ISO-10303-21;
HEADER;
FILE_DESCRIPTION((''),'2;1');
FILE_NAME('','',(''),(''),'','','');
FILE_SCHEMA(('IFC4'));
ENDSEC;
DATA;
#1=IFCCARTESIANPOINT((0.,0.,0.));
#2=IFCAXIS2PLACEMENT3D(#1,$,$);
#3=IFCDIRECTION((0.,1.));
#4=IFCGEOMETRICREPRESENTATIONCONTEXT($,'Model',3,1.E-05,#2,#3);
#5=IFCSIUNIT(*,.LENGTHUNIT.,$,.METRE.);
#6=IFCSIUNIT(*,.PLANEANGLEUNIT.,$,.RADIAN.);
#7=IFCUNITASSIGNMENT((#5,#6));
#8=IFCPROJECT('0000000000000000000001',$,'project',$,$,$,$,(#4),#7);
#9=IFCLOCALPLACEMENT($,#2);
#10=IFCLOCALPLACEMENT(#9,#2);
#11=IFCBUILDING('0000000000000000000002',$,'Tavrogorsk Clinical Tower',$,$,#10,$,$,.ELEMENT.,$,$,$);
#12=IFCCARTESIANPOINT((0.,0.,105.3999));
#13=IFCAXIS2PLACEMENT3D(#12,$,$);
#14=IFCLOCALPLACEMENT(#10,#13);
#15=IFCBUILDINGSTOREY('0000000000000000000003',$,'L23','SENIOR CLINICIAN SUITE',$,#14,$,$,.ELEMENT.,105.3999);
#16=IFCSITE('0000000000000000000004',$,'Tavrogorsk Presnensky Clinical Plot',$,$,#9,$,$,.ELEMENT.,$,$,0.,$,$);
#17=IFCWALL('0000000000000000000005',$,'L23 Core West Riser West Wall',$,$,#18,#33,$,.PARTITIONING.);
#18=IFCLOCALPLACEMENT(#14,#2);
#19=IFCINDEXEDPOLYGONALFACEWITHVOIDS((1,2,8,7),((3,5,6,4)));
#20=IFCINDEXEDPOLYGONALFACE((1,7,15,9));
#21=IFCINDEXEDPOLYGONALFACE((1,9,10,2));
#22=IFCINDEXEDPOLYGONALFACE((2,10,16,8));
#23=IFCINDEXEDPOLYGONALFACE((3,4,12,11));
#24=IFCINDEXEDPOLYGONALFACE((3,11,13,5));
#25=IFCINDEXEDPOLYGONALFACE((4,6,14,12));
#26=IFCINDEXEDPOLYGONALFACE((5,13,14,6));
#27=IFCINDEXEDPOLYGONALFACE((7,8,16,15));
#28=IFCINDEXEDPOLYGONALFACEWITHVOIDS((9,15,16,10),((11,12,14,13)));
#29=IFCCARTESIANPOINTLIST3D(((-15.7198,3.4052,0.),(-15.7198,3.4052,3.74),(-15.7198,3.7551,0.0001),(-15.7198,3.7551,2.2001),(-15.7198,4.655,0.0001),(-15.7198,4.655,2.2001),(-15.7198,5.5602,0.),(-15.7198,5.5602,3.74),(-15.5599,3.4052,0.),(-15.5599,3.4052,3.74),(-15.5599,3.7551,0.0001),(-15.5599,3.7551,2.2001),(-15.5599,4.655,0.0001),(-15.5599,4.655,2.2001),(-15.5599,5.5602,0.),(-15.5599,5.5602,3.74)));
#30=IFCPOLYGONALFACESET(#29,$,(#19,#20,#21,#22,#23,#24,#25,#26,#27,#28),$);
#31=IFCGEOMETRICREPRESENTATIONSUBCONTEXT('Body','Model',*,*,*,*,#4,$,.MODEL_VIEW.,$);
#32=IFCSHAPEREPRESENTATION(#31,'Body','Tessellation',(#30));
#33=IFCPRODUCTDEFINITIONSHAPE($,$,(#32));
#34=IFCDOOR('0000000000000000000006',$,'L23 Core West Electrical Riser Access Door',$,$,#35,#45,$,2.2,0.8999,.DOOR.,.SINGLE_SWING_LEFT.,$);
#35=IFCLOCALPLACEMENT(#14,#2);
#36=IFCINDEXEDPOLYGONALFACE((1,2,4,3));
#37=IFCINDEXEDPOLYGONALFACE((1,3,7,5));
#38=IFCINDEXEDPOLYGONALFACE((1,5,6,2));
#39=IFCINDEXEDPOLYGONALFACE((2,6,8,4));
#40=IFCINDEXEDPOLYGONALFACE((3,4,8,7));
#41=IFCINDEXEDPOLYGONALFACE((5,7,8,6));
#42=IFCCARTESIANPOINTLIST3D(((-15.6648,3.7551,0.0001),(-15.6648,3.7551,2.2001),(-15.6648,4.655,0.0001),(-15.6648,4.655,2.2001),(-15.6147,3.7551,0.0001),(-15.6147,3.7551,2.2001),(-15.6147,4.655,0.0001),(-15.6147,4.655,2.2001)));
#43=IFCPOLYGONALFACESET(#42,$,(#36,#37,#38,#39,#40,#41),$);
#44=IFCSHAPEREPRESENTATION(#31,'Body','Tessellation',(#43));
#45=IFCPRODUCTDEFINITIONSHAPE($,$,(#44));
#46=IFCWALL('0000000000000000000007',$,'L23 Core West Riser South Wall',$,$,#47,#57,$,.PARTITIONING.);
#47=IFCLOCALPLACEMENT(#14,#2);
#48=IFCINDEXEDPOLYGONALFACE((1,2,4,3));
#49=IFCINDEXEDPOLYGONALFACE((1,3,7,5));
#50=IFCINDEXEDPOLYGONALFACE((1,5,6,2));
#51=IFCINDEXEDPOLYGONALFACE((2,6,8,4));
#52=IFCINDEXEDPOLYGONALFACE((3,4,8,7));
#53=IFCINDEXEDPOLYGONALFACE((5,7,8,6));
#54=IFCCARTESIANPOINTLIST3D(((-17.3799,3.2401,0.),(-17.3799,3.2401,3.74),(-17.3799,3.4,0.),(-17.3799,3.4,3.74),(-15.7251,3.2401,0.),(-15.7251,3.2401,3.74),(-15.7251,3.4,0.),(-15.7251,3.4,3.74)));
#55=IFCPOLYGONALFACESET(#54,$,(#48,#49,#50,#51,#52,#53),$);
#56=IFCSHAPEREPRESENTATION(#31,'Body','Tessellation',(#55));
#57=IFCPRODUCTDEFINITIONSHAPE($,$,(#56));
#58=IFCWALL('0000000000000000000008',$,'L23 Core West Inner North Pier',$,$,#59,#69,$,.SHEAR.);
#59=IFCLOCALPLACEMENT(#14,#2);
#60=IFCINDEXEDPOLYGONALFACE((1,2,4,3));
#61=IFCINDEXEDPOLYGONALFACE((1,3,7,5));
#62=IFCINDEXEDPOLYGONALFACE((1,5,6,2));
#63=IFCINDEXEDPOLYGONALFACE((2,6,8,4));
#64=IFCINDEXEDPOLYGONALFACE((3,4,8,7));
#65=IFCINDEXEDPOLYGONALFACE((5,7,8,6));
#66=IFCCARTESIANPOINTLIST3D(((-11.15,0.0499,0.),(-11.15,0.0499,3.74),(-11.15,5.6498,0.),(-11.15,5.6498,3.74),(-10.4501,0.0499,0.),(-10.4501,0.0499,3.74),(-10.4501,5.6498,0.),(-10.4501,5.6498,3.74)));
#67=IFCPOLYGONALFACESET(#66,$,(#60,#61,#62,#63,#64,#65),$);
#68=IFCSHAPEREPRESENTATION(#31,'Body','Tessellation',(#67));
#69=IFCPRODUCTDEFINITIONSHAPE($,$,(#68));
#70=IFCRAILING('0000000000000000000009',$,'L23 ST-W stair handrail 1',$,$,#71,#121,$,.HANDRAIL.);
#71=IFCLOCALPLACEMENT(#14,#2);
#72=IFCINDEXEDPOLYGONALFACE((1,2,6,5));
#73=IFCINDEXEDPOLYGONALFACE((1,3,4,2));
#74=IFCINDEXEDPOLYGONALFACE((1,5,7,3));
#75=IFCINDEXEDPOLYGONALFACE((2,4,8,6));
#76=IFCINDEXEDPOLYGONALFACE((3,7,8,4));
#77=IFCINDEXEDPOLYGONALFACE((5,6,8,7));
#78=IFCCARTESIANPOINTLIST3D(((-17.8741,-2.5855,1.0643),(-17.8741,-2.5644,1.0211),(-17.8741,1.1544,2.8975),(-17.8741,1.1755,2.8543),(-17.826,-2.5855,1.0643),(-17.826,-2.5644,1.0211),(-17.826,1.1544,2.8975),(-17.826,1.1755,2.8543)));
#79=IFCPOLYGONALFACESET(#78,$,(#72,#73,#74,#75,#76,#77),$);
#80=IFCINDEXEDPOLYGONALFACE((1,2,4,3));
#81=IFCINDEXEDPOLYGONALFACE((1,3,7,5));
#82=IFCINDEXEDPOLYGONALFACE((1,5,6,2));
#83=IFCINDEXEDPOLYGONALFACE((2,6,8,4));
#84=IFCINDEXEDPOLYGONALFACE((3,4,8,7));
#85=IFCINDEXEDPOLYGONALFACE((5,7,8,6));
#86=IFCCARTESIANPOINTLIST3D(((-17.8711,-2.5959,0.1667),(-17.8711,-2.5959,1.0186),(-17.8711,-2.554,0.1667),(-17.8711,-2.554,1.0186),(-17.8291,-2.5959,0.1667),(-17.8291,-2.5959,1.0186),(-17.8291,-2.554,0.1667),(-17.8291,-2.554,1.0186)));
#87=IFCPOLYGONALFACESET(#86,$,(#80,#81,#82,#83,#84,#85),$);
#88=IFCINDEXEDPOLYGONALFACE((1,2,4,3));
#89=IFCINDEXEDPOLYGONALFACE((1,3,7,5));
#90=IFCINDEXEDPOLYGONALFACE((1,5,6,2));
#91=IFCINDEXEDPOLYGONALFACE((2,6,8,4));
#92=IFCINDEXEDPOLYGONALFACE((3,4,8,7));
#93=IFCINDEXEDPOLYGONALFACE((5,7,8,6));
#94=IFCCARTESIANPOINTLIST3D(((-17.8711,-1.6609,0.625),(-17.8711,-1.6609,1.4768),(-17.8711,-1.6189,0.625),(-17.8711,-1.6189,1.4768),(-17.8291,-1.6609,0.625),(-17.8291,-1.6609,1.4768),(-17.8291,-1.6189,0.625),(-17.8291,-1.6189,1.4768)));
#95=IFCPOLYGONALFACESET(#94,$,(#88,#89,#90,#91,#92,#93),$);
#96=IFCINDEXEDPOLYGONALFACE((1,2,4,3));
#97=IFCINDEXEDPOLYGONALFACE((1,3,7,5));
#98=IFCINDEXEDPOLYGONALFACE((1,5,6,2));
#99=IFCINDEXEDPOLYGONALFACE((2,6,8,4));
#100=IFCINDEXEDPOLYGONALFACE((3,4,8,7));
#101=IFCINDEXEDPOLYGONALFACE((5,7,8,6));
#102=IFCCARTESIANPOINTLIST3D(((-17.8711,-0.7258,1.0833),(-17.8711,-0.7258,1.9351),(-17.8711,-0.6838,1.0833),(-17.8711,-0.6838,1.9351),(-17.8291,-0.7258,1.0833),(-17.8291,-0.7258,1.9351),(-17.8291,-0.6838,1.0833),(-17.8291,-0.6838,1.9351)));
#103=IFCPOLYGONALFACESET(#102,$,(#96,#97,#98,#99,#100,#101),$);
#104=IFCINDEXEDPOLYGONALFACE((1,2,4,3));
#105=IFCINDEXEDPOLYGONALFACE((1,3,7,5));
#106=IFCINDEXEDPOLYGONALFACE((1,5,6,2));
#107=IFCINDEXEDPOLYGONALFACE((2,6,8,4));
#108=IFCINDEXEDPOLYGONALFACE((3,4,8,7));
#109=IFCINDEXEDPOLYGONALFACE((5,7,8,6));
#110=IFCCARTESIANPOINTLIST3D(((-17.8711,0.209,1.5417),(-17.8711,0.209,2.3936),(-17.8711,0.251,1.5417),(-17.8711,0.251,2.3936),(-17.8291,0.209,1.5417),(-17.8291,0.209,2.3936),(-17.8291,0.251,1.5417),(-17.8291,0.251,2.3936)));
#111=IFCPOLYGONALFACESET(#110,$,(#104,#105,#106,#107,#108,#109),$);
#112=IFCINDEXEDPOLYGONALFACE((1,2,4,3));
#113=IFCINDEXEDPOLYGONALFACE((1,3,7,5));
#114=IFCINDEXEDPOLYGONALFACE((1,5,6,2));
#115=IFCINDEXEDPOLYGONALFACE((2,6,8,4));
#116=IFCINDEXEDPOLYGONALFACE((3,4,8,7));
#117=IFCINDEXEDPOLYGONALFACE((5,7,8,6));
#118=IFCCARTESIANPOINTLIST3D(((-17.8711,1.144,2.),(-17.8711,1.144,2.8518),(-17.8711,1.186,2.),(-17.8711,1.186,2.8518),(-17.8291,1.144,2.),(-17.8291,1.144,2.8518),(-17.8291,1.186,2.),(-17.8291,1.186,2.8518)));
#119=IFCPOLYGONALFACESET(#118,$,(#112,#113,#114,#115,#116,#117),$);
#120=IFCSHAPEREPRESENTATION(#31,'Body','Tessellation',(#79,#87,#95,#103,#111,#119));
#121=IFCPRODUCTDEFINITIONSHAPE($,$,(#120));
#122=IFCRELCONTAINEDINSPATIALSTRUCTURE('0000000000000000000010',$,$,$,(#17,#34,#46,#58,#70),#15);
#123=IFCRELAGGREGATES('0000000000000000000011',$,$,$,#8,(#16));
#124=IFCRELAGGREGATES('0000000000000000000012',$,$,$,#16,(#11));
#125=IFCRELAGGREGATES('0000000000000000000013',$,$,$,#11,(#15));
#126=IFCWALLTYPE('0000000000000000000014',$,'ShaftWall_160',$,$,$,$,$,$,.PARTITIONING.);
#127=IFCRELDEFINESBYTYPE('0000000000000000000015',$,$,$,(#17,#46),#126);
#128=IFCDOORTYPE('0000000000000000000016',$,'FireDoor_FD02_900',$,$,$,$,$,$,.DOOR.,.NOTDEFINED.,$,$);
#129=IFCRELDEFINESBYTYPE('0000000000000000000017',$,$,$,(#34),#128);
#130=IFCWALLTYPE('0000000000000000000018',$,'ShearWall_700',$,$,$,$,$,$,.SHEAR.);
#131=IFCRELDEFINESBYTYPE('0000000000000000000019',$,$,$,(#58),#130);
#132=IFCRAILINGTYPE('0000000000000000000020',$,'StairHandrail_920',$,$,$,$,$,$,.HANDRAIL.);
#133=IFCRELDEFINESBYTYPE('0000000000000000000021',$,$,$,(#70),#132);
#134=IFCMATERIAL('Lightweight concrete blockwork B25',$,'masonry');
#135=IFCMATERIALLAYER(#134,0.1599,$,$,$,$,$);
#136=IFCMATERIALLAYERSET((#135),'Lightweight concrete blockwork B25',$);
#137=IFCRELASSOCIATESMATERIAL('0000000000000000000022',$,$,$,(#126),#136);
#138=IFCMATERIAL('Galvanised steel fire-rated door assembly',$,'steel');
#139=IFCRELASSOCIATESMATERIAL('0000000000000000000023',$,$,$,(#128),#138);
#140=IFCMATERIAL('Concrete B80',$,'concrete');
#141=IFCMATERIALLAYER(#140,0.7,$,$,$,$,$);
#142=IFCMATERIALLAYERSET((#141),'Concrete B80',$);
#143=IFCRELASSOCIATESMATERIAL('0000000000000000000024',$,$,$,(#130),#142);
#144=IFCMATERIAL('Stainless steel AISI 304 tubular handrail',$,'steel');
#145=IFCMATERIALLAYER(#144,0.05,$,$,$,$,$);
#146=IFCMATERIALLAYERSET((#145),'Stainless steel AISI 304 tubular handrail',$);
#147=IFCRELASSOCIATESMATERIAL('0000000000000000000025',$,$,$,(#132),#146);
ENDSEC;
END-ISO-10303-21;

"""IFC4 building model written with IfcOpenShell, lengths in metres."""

from ifc_helpers import new_model, si_unit, direction, frame, frame_2d, origin, origin_2d, place, context, subcontext, project, spatial, rectangle, extrude, material, layer, layer_set, type_object, element, fill, save


model = new_model("IFC4")

# Units and contexts
model_context = context("Model", 3, precision=1e-05, world=origin(), true_north=direction((0.0, 1.0)))
body_context = subcontext(model_context, "Body", "Model", "MODEL_VIEW")
ifc_project = project(units=[si_unit("LENGTHUNIT", "METRE"), si_unit("PLANEANGLEUNIT", "RADIAN")], contexts=[model_context])

# Site, building, storey
site_placement = place(None, origin())
site = spatial("IfcSite", under=ifc_project, at=site_placement, Name="Tavrogorsk Presnensky Clinical Plot", CompositionType="ELEMENT", RefElevation=0.0)
building_placement = place(site_placement, origin())
building = spatial("IfcBuilding", under=site, at=building_placement, Name="Tavrogorsk Clinical Tower", CompositionType="ELEMENT")
storey_placement = place(building_placement, frame((0.0, 0.0, 105.3999)))
storey = spatial("IfcBuildingStorey", under=building, at=storey_placement, Name="L23", Description="SENIOR CLINICIAN SUITE", CompositionType="ELEMENT", Elevation=105.3999)

# Shared definitions
ifc_material_1 = material(Name="Lightweight concrete blockwork B25", Category="masonry")
ifc_layer_1 = layer(ifc_material_1, 0.1599)
ifc_layer_set_1 = layer_set([ifc_layer_1], Name="Lightweight concrete blockwork B25")
wall_type_1 = type_object("IfcWallType", Name="ShaftWall_160", PredefinedType="PARTITIONING", material=ifc_layer_set_1)

# Wall, opening, door
wall_1_placement = place(storey_placement, frame((-15.6399, 3.405, 0.0), z_axis=(0.0, 0.0, 1.0), x_axis=(0.0, 1.0, 0.0)))
wall_1 = element("IfcWall", 1, at=wall_1_placement, inside=storey, type_object=wall_type_1, Name="L23 Core West Riser West Wall", PredefinedType="PARTITIONING", context=body_context, shape_type="SweptSolid", body=[
    extrude(rectangle(XDim=2.155, YDim=0.1599, at=frame_2d((1.0776, 0.0))), origin(), (0.0, 0.0, 1.0), 3.74),
])
opening_1_placement = place(wall_1_placement, frame((0.3501, 0.0, 0.0)))
opening_1 = element("IfcOpeningElement", 2, at=opening_1_placement, cuts=wall_1, PredefinedType="OPENING", context=body_context, shape_type="SweptSolid", body=[
    extrude(rectangle(XDim=0.8999, YDim=2.2, at=frame_2d((0.45, 1.1001))), frame((0.0, 0.0898, 0.0), z_axis=(0.0, -1.0, 0.0), x_axis=(1.0, 0.0, 0.0)), (0.0, 0.0, 1.0), 0.1799),
])
ifc_material_2 = material(Name="Galvanised steel fire-rated door assembly", Category="steel")
door_type_1 = type_object("IfcDoorType", Name="FireDoor_FD02_900", OperationType="NOTDEFINED", PredefinedType="DOOR", material=ifc_material_2)
door_1_placement = place(opening_1_placement, origin())
door_1 = element("IfcDoor", 3, at=door_1_placement, inside=storey, type_object=door_type_1, Name="L23 Core West Electrical Riser Access Door", OperationType="SINGLE_SWING_LEFT", OverallHeight=2.2, OverallWidth=0.8999, PredefinedType="DOOR", context=body_context, shape_type="SweptSolid", body=[
    extrude(rectangle(XDim=0.8999, YDim=2.2, at=frame_2d((0.45, 1.1001))), frame((0.0, 0.0249, 0.0), z_axis=(0.0, -1.0, 0.0), x_axis=(1.0, 0.0, 0.0)), (0.0, 0.0, 1.0), 0.05),
])
fill(opening_1, door_1)

# Walls
wall_2_placement = place(storey_placement, frame((-17.3799, 3.3201, 0.0), z_axis=(0.0, 0.0, 1.0), x_axis=(1.0, 0.0, 0.0)))
element("IfcWall", 4, at=wall_2_placement, inside=storey, type_object=wall_type_1, Name="L23 Core West Riser South Wall", PredefinedType="PARTITIONING", context=body_context, shape_type="SweptSolid", body=[
    extrude(rectangle(XDim=1.6548, YDim=0.1599, at=frame_2d((0.8274, 0.0))), origin(), (0.0, 0.0, 1.0), 3.74),
])
ifc_material_3 = material(Name="Concrete B80", Category="concrete")
ifc_layer_2 = layer(ifc_material_3, 0.7)
ifc_layer_set_2 = layer_set([ifc_layer_2], Name="Concrete B80")
wall_type_2 = type_object("IfcWallType", Name="ShearWall_700", PredefinedType="SHEAR", material=ifc_layer_set_2)
wall_3_placement = place(storey_placement, frame((-10.8, 0.05, 0.0), z_axis=(0.0, 0.0, 1.0), x_axis=(0.0, 1.0, 0.0)))
element("IfcWall", 5, at=wall_3_placement, inside=storey, type_object=wall_type_2, Name="L23 Core West Inner North Pier", PredefinedType="SHEAR", context=body_context, shape_type="SweptSolid", body=[
    extrude(rectangle(XDim=5.5999, YDim=0.7, at=frame_2d((2.7998, 0.0))), origin(), (0.0, 0.0, 1.0), 3.74),
])

# Railing
ifc_material_4 = material(Name="Stainless steel AISI 304 tubular handrail", Category="steel")
ifc_layer_3 = layer(ifc_material_4, 0.05)
ifc_layer_set_3 = layer_set([ifc_layer_3], Name="Stainless steel AISI 304 tubular handrail")
railing_type = type_object("IfcRailingType", Name="StairHandrail_920", PredefinedType="HANDRAIL", material=ifc_layer_set_3)
railing_placement = place(storey_placement, frame((-17.8501, -2.575, 0.1667)))
element("IfcRailing", 6, at=railing_placement, inside=storey, type_object=railing_type, Name="L23 ST-W stair handrail 1", PredefinedType="HANDRAIL", context=body_context, shape_type="SweptSolid", body=[
    extrude(rectangle(XDim=0.0481, YDim=0.0481, at=origin_2d()), frame((0.0, 0.0, 0.876), z_axis=(0.0, 0.897928, 0.440142), x_axis=(-1.0, 0.0, 0.0)), (0.0, 0.0, 1.0), 4.165),
    extrude(rectangle(XDim=0.042, YDim=0.042, at=origin_2d()), origin(), (0.0, 0.0, 1.0), 0.8518),
    extrude(rectangle(XDim=0.042, YDim=0.042, at=origin_2d()), frame((0.0, 0.9351, 0.4583)), (0.0, 0.0, 1.0), 0.8518),
    extrude(rectangle(XDim=0.042, YDim=0.042, at=origin_2d()), frame((0.0, 1.8701, 0.9165)), (0.0, 0.0, 1.0), 0.8518),
    extrude(rectangle(XDim=0.042, YDim=0.042, at=origin_2d()), frame((0.0, 2.8049, 1.375)), (0.0, 0.0, 1.0), 0.8518),
    extrude(rectangle(XDim=0.042, YDim=0.042, at=origin_2d()), frame((0.0, 3.74, 1.8333)), (0.0, 0.0, 1.0), 0.8518),
])

save(model, "model.ifc")
